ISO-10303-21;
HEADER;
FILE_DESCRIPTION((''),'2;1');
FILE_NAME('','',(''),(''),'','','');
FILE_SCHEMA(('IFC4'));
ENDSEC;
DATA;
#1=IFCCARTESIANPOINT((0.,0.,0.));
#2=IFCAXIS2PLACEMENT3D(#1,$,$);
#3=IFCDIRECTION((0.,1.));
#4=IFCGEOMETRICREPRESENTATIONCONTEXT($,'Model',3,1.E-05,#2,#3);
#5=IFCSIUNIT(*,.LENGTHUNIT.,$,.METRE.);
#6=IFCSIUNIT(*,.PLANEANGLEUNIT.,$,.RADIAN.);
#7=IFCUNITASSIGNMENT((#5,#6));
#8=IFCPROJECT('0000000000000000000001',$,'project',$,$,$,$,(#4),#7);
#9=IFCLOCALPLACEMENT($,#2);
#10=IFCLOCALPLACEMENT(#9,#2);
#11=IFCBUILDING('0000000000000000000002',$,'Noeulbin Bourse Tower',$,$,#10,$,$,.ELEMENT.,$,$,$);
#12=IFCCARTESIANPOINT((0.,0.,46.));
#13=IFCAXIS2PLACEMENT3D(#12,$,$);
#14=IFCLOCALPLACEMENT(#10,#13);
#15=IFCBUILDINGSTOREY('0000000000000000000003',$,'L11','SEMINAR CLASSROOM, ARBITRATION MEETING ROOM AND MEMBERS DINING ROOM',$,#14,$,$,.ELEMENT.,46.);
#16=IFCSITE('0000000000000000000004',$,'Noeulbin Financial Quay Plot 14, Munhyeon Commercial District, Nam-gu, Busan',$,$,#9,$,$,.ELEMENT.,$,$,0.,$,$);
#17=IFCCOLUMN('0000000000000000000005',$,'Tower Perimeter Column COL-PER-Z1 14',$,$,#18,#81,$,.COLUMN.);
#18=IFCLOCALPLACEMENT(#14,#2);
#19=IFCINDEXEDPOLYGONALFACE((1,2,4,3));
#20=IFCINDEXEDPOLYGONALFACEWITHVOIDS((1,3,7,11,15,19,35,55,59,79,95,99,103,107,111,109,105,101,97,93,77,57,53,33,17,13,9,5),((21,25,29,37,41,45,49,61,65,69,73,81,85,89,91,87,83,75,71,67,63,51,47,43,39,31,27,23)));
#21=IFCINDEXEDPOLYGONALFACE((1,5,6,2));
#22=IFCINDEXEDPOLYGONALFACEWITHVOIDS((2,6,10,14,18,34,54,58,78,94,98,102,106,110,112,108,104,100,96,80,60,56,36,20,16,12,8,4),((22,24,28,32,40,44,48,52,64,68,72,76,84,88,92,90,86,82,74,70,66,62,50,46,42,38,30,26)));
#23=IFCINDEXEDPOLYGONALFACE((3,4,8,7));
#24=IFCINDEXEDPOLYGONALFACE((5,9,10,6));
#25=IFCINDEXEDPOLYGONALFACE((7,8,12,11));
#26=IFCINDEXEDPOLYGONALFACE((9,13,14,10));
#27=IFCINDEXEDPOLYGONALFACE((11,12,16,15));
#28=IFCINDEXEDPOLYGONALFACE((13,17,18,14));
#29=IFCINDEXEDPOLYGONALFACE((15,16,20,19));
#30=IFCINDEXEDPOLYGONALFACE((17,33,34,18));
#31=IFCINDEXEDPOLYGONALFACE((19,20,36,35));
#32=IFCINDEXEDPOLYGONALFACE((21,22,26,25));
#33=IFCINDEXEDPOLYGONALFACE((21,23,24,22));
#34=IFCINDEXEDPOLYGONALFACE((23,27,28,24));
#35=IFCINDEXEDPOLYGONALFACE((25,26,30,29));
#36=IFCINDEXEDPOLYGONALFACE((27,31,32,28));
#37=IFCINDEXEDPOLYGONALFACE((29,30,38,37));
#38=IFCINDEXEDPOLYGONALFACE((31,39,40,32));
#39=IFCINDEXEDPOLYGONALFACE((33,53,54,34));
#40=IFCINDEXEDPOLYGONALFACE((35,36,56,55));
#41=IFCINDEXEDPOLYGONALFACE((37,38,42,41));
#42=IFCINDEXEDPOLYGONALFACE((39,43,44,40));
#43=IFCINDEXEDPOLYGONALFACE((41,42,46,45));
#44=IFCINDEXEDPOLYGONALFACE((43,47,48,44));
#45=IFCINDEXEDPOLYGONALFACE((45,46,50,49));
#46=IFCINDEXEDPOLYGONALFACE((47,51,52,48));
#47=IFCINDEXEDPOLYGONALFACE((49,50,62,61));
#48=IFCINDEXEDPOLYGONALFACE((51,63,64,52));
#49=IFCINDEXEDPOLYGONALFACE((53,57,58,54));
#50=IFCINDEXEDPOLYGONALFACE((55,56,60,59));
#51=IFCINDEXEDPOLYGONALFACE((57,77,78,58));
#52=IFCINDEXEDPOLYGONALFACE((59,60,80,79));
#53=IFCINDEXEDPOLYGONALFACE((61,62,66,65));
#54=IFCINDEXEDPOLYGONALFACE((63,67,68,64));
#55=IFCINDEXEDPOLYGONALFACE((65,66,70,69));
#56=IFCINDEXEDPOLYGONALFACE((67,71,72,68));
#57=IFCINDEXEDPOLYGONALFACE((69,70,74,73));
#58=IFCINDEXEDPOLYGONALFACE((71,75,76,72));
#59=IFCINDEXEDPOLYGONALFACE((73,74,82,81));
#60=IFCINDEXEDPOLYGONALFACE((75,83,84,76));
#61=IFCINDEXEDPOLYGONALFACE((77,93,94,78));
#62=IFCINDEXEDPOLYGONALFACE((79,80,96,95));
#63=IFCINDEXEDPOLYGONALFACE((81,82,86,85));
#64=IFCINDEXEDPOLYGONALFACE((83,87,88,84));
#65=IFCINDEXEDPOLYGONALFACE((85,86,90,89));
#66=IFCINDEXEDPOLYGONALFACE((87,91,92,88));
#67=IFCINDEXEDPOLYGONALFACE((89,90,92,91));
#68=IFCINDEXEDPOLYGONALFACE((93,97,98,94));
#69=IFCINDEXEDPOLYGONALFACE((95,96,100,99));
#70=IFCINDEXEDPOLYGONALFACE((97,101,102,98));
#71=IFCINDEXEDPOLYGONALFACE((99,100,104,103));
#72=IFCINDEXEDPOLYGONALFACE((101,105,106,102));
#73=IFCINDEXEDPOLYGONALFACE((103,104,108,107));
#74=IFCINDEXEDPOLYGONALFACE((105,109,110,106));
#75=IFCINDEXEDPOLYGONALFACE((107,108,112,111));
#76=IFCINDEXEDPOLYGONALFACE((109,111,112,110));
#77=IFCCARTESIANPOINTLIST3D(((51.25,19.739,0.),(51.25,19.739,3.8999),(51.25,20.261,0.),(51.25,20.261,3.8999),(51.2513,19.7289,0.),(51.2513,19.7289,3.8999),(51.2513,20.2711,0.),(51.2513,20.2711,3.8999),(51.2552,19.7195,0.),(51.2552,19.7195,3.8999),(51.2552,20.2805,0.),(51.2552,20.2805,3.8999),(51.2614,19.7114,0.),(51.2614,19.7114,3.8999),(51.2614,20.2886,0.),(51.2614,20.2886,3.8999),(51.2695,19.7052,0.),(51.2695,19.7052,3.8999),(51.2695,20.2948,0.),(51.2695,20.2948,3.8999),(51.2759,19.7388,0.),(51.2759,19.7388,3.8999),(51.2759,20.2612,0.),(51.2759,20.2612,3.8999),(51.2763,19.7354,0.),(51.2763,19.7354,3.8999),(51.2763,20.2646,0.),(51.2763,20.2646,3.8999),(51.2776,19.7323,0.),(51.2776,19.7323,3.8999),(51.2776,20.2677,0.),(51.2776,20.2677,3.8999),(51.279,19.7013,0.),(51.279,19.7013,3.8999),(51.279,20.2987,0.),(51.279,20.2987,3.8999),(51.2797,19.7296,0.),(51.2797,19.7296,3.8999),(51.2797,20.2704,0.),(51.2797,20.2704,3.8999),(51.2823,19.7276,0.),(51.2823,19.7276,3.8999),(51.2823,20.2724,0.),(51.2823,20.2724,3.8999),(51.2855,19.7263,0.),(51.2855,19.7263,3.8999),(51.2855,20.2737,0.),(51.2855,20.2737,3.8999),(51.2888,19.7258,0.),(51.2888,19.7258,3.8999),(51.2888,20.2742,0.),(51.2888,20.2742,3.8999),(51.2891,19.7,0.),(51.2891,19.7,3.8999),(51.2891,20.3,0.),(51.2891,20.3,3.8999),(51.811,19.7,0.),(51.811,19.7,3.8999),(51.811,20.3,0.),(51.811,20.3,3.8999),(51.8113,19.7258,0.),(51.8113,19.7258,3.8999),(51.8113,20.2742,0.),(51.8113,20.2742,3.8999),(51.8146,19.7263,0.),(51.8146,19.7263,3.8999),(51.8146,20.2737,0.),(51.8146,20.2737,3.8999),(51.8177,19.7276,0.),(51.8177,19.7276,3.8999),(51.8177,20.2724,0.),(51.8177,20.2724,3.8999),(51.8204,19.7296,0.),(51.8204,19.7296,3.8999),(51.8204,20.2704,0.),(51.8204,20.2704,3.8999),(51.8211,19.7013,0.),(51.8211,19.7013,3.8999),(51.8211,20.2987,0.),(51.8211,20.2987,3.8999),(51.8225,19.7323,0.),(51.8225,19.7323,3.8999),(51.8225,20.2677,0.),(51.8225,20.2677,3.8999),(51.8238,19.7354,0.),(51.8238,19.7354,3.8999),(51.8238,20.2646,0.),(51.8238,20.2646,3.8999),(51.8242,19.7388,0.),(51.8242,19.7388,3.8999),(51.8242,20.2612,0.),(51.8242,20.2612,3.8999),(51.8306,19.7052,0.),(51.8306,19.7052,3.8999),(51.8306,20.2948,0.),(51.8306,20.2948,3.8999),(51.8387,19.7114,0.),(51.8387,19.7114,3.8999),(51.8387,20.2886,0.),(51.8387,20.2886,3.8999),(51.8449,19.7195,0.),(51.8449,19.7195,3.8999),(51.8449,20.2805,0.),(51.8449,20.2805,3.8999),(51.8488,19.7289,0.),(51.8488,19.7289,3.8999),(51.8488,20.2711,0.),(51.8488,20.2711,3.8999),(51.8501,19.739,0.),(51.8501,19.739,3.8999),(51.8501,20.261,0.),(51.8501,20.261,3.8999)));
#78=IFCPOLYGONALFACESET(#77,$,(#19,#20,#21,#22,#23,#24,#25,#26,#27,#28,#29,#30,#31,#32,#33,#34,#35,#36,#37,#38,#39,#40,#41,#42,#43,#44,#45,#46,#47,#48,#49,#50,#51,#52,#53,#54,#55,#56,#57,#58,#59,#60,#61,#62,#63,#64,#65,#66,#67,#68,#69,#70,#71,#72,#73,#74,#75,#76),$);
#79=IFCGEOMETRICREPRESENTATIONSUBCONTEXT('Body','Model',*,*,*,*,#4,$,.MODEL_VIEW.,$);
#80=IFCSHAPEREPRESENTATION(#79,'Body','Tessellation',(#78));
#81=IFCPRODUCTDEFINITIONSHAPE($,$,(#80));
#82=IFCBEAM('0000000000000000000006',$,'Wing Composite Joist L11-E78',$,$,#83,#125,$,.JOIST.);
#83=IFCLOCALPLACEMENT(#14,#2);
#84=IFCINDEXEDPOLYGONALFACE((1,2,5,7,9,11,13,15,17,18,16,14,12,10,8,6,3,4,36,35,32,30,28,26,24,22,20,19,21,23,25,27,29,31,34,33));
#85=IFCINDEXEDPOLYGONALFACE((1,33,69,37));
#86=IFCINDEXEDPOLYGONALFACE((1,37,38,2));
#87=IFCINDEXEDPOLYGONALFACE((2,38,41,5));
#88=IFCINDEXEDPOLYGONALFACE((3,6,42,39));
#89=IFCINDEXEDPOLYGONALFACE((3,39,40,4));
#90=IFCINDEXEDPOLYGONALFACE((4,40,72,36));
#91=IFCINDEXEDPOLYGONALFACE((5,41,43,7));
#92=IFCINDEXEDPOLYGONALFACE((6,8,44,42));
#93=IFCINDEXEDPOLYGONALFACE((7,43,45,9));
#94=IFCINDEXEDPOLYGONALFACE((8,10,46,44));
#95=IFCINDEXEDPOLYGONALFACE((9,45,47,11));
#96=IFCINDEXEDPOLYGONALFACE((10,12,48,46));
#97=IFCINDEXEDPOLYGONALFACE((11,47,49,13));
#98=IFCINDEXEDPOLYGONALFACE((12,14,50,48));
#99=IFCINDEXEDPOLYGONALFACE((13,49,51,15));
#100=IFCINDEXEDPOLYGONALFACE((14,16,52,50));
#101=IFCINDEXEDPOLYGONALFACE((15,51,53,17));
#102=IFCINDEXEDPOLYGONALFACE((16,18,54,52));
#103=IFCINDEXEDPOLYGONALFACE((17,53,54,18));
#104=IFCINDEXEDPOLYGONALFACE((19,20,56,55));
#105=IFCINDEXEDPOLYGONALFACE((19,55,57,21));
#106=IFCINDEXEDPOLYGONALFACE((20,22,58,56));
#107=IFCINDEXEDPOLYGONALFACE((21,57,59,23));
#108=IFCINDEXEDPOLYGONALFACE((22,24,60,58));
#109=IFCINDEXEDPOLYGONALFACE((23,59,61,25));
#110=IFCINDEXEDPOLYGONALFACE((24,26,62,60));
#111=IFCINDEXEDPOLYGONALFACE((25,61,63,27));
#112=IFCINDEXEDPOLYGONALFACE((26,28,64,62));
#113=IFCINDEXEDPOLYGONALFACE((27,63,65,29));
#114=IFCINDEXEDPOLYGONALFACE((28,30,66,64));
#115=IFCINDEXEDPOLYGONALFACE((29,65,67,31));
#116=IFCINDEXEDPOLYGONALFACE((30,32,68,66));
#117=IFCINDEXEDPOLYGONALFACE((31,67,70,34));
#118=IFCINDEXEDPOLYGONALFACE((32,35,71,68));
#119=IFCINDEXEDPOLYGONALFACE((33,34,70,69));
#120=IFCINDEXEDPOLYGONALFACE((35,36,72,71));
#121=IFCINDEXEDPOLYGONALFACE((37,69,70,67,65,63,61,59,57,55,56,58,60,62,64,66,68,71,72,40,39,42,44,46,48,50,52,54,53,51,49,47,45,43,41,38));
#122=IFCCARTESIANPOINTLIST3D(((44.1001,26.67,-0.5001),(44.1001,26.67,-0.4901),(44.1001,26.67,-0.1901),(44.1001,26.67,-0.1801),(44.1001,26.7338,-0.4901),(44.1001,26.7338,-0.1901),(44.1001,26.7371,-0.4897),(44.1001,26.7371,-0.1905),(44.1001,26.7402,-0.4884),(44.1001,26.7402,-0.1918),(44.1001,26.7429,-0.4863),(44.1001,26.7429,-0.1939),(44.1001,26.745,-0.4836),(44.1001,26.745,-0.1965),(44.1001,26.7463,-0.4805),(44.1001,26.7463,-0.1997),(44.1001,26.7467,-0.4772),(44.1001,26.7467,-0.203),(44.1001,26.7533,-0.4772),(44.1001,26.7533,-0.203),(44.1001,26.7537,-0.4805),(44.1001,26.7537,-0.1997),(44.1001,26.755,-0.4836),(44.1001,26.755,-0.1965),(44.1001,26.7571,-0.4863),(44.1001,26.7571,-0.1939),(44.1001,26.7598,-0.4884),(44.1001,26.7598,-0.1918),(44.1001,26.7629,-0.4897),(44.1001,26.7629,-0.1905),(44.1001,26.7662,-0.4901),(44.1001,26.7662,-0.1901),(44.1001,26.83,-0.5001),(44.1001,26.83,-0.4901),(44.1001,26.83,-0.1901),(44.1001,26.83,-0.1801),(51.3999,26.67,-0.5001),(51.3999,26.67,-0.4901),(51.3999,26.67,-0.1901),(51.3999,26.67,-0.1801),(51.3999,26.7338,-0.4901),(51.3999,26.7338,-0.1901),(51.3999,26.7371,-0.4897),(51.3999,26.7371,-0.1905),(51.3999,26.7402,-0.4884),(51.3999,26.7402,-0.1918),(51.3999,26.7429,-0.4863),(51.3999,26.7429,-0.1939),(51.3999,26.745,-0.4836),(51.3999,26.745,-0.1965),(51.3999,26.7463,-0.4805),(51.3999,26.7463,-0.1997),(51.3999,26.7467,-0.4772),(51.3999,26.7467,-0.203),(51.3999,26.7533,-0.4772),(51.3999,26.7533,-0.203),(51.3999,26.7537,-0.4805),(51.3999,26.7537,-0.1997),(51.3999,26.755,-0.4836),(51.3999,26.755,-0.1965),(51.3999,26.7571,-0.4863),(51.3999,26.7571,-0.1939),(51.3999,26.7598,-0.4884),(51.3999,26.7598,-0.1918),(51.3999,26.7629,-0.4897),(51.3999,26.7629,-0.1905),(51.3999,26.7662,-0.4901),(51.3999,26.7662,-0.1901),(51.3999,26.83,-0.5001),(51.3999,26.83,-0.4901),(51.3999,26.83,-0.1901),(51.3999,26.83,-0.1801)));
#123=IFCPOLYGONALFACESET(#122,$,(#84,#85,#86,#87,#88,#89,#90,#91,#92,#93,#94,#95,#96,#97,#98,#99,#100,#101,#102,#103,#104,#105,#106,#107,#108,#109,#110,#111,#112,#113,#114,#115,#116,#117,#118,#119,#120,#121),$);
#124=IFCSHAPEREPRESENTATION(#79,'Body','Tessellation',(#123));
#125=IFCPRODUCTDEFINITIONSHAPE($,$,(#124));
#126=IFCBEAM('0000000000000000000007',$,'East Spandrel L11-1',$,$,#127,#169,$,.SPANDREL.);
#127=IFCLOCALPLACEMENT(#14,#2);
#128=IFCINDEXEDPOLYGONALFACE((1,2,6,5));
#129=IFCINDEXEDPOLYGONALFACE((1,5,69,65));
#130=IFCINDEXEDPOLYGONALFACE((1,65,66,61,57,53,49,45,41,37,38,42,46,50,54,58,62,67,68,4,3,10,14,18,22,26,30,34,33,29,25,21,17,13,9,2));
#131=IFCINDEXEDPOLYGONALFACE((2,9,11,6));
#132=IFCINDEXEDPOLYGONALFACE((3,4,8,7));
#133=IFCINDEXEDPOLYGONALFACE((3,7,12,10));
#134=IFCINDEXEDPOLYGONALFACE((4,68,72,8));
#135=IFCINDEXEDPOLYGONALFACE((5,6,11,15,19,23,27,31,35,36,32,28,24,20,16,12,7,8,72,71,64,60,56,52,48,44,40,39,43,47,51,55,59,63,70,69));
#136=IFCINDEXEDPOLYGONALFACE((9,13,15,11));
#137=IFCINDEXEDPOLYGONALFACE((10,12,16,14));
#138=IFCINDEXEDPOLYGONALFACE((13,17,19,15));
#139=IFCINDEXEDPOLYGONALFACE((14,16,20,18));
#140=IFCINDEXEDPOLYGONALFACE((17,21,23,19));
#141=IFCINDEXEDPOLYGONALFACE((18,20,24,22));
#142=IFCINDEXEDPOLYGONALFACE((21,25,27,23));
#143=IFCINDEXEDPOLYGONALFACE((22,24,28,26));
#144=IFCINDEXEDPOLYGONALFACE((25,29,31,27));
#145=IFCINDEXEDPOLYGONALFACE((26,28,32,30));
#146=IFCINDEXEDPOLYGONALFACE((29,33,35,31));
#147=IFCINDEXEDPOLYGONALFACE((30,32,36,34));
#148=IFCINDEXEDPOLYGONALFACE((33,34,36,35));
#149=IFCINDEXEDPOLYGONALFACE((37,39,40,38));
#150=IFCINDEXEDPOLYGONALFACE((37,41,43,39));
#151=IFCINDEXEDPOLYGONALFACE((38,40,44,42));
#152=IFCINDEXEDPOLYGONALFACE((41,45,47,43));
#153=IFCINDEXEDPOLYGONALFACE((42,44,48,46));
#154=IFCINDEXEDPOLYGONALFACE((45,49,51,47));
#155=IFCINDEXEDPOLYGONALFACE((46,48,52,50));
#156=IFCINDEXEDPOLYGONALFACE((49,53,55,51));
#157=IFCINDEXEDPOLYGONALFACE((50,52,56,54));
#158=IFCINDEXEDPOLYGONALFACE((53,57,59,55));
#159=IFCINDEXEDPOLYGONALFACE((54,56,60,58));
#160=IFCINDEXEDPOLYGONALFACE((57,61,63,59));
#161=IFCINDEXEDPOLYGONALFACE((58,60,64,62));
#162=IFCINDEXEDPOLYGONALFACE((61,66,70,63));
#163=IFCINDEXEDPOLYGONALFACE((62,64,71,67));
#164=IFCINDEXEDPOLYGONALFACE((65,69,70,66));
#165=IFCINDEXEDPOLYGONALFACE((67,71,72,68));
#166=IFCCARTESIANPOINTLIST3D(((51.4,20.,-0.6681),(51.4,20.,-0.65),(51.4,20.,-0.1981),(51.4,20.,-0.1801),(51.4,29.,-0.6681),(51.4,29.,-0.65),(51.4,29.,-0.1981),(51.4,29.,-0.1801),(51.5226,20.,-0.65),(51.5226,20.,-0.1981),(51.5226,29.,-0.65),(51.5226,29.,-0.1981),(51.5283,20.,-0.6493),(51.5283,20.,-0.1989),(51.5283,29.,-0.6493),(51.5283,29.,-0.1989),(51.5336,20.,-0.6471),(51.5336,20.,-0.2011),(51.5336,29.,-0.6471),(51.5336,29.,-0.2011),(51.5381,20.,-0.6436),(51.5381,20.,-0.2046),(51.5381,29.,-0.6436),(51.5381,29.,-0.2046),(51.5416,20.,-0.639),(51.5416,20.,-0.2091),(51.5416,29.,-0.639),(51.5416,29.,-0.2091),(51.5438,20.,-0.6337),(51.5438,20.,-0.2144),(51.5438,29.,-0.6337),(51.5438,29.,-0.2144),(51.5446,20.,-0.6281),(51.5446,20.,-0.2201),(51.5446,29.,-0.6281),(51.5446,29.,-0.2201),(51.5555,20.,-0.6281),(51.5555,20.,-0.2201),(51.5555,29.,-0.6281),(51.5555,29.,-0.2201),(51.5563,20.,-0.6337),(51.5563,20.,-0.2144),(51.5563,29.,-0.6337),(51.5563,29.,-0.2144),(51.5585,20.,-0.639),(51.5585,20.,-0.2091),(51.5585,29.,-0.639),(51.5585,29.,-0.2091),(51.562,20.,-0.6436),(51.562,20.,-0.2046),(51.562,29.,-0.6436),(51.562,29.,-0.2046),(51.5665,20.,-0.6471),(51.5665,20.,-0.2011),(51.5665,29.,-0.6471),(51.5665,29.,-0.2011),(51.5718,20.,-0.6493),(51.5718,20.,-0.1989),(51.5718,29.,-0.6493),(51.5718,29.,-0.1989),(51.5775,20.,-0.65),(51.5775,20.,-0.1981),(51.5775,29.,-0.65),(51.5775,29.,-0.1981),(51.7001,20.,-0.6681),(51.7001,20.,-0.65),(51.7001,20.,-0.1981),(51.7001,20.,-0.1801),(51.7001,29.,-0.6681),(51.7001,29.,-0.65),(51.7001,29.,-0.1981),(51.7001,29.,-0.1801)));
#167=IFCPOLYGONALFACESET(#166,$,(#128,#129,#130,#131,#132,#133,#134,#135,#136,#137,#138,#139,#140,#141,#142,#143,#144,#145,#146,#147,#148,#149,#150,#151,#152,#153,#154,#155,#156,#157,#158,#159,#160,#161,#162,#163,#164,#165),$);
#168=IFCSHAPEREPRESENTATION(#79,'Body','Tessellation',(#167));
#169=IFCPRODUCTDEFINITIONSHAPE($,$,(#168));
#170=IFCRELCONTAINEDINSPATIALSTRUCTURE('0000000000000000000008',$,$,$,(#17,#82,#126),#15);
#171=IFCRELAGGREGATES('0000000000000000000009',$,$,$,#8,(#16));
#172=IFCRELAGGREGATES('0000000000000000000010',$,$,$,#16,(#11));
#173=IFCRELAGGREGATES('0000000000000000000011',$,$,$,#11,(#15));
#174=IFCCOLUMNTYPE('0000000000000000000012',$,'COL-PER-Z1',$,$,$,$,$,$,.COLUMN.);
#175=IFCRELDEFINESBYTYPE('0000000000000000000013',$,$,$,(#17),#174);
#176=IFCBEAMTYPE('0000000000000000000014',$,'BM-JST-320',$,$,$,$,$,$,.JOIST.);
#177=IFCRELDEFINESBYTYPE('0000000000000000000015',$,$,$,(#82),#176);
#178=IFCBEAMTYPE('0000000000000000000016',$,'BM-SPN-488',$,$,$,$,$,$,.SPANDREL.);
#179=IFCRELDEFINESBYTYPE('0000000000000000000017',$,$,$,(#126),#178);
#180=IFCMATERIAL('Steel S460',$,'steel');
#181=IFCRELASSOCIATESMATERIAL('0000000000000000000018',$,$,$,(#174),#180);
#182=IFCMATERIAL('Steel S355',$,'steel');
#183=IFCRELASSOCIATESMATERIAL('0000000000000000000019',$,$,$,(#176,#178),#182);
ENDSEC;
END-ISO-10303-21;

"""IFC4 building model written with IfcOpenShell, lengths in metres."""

from ifc_helpers import new_model, si_unit, direction, frame, origin, origin_2d, place, context, subcontext, project, spatial, hollow_rectangle, i_section, extrude, material, material_profile, profile_set, type_object, element, save


model = new_model("IFC4")

# Units and contexts
model_context = context("Model", 3, precision=1e-05, world=origin(), true_north=direction((0.0, 1.0)))
body_context = subcontext(model_context, "Body", "Model", "MODEL_VIEW")
ifc_project = project(units=[si_unit("LENGTHUNIT", "METRE"), si_unit("PLANEANGLEUNIT", "RADIAN")], contexts=[model_context])

# Site, building, storey
site_placement = place(None, origin())
site = spatial("IfcSite", under=ifc_project, at=site_placement, Name="Noeulbin Financial Quay Plot 14, Munhyeon Commercial District, Nam-gu, Busan", CompositionType="ELEMENT", RefElevation=0.0)
building_placement = place(site_placement, origin())
building = spatial("IfcBuilding", under=site, at=building_placement, Name="Noeulbin Bourse Tower", CompositionType="ELEMENT")
storey_placement = place(building_placement, frame((0.0, 0.0, 46.0)))
storey = spatial("IfcBuildingStorey", under=building, at=storey_placement, Name="L11", Description="SEMINAR CLASSROOM, ARBITRATION MEETING ROOM AND MEMBERS DINING ROOM", CompositionType="ELEMENT", Elevation=46.0)

# Column
ifc_material_1 = material(Name="Steel S460", Category="steel")
ifc_material_profile_1 = material_profile(ifc_material_1, hollow_rectangle(XDim=0.6001, YDim=0.6001, WallThickness=0.0259, InnerFilletRadius=0.0129, OuterFilletRadius=0.0391, at=origin_2d()), Name="BOX-600x600x26", Category="LoadBearing")
ifc_profile_set_1 = profile_set([ifc_material_profile_1], Name="Steel S460")
column_type = type_object("IfcColumnType", Name="COL-PER-Z1", PredefinedType="COLUMN", material=ifc_profile_set_1)
column_placement = place(storey_placement, frame((51.55, 20.0, 0.0), z_axis=(0.0, 0.0, 1.0), x_axis=(1.0, 0.0, 0.0)))
element("IfcColumn", 1, at=column_placement, inside=storey, type_object=column_type, Name="Tower Perimeter Column COL-PER-Z1 14", PredefinedType="COLUMN", context=body_context, shape_type="SweptSolid", body=[
    extrude(hollow_rectangle(XDim=0.6001, YDim=0.6001, WallThickness=0.0259, InnerFilletRadius=0.0129, OuterFilletRadius=0.0391, at=origin_2d()), origin(), (0.0, 0.0, 1.0), 3.8999),
])

# Beams
ifc_material_2 = material(Name="Steel S355", Category="steel")
ifc_material_profile_2 = material_profile(ifc_material_2, i_section(OverallWidth=0.1599, OverallDepth=0.3201, WebThickness=0.0066, FlangeThickness=0.01, FilletRadius=0.0129, at=origin_2d()), Name="H-320x160x6.5x10", Category="LoadBearing")
ifc_profile_set_2 = profile_set([ifc_material_profile_2], Name="Steel S355")
beam_type_1 = type_object("IfcBeamType", Name="BM-JST-320", PredefinedType="JOIST", material=ifc_profile_set_2)
beam_1_placement = place(storey_placement, frame((44.1001, 26.75, -0.3401), z_axis=(1.0, 0.0, 0.0), x_axis=(0.0, 1.0, 0.0)))
element("IfcBeam", 2, at=beam_1_placement, inside=storey, type_object=beam_type_1, Name="Wing Composite Joist L11-E78", PredefinedType="JOIST", context=body_context, shape_type="SweptSolid", body=[
    extrude(i_section(OverallWidth=0.1599, OverallDepth=0.3201, WebThickness=0.0066, FlangeThickness=0.01, FilletRadius=0.0129, at=origin_2d()), origin(), (0.0, 0.0, 1.0), 7.2998),
])
ifc_material_profile_3 = material_profile(ifc_material_2, i_section(OverallWidth=0.3, OverallDepth=0.488, WebThickness=0.011, FlangeThickness=0.0181, FilletRadius=0.022, at=origin_2d()), Name="H-488x300x11x18", Category="LoadBearing")
ifc_profile_set_3 = profile_set([ifc_material_profile_3], Name="Steel S355")
beam_type_2 = type_object("IfcBeamType", Name="BM-SPN-488", PredefinedType="SPANDREL", material=ifc_profile_set_3)
beam_2_placement = place(storey_placement, frame((51.55, 20.0, -0.4241), z_axis=(0.0, 1.0, 0.0), x_axis=(-1.0, 0.0, 0.0)))
element("IfcBeam", 3, at=beam_2_placement, inside=storey, type_object=beam_type_2, Name="East Spandrel L11-1", PredefinedType="SPANDREL", context=body_context, shape_type="SweptSolid", body=[
    extrude(i_section(OverallWidth=0.3, OverallDepth=0.488, WebThickness=0.011, FlangeThickness=0.0181, FilletRadius=0.022, at=origin_2d()), origin(), (0.0, 0.0, 1.0), 9.0),
])

save(model, "model.ifc")
